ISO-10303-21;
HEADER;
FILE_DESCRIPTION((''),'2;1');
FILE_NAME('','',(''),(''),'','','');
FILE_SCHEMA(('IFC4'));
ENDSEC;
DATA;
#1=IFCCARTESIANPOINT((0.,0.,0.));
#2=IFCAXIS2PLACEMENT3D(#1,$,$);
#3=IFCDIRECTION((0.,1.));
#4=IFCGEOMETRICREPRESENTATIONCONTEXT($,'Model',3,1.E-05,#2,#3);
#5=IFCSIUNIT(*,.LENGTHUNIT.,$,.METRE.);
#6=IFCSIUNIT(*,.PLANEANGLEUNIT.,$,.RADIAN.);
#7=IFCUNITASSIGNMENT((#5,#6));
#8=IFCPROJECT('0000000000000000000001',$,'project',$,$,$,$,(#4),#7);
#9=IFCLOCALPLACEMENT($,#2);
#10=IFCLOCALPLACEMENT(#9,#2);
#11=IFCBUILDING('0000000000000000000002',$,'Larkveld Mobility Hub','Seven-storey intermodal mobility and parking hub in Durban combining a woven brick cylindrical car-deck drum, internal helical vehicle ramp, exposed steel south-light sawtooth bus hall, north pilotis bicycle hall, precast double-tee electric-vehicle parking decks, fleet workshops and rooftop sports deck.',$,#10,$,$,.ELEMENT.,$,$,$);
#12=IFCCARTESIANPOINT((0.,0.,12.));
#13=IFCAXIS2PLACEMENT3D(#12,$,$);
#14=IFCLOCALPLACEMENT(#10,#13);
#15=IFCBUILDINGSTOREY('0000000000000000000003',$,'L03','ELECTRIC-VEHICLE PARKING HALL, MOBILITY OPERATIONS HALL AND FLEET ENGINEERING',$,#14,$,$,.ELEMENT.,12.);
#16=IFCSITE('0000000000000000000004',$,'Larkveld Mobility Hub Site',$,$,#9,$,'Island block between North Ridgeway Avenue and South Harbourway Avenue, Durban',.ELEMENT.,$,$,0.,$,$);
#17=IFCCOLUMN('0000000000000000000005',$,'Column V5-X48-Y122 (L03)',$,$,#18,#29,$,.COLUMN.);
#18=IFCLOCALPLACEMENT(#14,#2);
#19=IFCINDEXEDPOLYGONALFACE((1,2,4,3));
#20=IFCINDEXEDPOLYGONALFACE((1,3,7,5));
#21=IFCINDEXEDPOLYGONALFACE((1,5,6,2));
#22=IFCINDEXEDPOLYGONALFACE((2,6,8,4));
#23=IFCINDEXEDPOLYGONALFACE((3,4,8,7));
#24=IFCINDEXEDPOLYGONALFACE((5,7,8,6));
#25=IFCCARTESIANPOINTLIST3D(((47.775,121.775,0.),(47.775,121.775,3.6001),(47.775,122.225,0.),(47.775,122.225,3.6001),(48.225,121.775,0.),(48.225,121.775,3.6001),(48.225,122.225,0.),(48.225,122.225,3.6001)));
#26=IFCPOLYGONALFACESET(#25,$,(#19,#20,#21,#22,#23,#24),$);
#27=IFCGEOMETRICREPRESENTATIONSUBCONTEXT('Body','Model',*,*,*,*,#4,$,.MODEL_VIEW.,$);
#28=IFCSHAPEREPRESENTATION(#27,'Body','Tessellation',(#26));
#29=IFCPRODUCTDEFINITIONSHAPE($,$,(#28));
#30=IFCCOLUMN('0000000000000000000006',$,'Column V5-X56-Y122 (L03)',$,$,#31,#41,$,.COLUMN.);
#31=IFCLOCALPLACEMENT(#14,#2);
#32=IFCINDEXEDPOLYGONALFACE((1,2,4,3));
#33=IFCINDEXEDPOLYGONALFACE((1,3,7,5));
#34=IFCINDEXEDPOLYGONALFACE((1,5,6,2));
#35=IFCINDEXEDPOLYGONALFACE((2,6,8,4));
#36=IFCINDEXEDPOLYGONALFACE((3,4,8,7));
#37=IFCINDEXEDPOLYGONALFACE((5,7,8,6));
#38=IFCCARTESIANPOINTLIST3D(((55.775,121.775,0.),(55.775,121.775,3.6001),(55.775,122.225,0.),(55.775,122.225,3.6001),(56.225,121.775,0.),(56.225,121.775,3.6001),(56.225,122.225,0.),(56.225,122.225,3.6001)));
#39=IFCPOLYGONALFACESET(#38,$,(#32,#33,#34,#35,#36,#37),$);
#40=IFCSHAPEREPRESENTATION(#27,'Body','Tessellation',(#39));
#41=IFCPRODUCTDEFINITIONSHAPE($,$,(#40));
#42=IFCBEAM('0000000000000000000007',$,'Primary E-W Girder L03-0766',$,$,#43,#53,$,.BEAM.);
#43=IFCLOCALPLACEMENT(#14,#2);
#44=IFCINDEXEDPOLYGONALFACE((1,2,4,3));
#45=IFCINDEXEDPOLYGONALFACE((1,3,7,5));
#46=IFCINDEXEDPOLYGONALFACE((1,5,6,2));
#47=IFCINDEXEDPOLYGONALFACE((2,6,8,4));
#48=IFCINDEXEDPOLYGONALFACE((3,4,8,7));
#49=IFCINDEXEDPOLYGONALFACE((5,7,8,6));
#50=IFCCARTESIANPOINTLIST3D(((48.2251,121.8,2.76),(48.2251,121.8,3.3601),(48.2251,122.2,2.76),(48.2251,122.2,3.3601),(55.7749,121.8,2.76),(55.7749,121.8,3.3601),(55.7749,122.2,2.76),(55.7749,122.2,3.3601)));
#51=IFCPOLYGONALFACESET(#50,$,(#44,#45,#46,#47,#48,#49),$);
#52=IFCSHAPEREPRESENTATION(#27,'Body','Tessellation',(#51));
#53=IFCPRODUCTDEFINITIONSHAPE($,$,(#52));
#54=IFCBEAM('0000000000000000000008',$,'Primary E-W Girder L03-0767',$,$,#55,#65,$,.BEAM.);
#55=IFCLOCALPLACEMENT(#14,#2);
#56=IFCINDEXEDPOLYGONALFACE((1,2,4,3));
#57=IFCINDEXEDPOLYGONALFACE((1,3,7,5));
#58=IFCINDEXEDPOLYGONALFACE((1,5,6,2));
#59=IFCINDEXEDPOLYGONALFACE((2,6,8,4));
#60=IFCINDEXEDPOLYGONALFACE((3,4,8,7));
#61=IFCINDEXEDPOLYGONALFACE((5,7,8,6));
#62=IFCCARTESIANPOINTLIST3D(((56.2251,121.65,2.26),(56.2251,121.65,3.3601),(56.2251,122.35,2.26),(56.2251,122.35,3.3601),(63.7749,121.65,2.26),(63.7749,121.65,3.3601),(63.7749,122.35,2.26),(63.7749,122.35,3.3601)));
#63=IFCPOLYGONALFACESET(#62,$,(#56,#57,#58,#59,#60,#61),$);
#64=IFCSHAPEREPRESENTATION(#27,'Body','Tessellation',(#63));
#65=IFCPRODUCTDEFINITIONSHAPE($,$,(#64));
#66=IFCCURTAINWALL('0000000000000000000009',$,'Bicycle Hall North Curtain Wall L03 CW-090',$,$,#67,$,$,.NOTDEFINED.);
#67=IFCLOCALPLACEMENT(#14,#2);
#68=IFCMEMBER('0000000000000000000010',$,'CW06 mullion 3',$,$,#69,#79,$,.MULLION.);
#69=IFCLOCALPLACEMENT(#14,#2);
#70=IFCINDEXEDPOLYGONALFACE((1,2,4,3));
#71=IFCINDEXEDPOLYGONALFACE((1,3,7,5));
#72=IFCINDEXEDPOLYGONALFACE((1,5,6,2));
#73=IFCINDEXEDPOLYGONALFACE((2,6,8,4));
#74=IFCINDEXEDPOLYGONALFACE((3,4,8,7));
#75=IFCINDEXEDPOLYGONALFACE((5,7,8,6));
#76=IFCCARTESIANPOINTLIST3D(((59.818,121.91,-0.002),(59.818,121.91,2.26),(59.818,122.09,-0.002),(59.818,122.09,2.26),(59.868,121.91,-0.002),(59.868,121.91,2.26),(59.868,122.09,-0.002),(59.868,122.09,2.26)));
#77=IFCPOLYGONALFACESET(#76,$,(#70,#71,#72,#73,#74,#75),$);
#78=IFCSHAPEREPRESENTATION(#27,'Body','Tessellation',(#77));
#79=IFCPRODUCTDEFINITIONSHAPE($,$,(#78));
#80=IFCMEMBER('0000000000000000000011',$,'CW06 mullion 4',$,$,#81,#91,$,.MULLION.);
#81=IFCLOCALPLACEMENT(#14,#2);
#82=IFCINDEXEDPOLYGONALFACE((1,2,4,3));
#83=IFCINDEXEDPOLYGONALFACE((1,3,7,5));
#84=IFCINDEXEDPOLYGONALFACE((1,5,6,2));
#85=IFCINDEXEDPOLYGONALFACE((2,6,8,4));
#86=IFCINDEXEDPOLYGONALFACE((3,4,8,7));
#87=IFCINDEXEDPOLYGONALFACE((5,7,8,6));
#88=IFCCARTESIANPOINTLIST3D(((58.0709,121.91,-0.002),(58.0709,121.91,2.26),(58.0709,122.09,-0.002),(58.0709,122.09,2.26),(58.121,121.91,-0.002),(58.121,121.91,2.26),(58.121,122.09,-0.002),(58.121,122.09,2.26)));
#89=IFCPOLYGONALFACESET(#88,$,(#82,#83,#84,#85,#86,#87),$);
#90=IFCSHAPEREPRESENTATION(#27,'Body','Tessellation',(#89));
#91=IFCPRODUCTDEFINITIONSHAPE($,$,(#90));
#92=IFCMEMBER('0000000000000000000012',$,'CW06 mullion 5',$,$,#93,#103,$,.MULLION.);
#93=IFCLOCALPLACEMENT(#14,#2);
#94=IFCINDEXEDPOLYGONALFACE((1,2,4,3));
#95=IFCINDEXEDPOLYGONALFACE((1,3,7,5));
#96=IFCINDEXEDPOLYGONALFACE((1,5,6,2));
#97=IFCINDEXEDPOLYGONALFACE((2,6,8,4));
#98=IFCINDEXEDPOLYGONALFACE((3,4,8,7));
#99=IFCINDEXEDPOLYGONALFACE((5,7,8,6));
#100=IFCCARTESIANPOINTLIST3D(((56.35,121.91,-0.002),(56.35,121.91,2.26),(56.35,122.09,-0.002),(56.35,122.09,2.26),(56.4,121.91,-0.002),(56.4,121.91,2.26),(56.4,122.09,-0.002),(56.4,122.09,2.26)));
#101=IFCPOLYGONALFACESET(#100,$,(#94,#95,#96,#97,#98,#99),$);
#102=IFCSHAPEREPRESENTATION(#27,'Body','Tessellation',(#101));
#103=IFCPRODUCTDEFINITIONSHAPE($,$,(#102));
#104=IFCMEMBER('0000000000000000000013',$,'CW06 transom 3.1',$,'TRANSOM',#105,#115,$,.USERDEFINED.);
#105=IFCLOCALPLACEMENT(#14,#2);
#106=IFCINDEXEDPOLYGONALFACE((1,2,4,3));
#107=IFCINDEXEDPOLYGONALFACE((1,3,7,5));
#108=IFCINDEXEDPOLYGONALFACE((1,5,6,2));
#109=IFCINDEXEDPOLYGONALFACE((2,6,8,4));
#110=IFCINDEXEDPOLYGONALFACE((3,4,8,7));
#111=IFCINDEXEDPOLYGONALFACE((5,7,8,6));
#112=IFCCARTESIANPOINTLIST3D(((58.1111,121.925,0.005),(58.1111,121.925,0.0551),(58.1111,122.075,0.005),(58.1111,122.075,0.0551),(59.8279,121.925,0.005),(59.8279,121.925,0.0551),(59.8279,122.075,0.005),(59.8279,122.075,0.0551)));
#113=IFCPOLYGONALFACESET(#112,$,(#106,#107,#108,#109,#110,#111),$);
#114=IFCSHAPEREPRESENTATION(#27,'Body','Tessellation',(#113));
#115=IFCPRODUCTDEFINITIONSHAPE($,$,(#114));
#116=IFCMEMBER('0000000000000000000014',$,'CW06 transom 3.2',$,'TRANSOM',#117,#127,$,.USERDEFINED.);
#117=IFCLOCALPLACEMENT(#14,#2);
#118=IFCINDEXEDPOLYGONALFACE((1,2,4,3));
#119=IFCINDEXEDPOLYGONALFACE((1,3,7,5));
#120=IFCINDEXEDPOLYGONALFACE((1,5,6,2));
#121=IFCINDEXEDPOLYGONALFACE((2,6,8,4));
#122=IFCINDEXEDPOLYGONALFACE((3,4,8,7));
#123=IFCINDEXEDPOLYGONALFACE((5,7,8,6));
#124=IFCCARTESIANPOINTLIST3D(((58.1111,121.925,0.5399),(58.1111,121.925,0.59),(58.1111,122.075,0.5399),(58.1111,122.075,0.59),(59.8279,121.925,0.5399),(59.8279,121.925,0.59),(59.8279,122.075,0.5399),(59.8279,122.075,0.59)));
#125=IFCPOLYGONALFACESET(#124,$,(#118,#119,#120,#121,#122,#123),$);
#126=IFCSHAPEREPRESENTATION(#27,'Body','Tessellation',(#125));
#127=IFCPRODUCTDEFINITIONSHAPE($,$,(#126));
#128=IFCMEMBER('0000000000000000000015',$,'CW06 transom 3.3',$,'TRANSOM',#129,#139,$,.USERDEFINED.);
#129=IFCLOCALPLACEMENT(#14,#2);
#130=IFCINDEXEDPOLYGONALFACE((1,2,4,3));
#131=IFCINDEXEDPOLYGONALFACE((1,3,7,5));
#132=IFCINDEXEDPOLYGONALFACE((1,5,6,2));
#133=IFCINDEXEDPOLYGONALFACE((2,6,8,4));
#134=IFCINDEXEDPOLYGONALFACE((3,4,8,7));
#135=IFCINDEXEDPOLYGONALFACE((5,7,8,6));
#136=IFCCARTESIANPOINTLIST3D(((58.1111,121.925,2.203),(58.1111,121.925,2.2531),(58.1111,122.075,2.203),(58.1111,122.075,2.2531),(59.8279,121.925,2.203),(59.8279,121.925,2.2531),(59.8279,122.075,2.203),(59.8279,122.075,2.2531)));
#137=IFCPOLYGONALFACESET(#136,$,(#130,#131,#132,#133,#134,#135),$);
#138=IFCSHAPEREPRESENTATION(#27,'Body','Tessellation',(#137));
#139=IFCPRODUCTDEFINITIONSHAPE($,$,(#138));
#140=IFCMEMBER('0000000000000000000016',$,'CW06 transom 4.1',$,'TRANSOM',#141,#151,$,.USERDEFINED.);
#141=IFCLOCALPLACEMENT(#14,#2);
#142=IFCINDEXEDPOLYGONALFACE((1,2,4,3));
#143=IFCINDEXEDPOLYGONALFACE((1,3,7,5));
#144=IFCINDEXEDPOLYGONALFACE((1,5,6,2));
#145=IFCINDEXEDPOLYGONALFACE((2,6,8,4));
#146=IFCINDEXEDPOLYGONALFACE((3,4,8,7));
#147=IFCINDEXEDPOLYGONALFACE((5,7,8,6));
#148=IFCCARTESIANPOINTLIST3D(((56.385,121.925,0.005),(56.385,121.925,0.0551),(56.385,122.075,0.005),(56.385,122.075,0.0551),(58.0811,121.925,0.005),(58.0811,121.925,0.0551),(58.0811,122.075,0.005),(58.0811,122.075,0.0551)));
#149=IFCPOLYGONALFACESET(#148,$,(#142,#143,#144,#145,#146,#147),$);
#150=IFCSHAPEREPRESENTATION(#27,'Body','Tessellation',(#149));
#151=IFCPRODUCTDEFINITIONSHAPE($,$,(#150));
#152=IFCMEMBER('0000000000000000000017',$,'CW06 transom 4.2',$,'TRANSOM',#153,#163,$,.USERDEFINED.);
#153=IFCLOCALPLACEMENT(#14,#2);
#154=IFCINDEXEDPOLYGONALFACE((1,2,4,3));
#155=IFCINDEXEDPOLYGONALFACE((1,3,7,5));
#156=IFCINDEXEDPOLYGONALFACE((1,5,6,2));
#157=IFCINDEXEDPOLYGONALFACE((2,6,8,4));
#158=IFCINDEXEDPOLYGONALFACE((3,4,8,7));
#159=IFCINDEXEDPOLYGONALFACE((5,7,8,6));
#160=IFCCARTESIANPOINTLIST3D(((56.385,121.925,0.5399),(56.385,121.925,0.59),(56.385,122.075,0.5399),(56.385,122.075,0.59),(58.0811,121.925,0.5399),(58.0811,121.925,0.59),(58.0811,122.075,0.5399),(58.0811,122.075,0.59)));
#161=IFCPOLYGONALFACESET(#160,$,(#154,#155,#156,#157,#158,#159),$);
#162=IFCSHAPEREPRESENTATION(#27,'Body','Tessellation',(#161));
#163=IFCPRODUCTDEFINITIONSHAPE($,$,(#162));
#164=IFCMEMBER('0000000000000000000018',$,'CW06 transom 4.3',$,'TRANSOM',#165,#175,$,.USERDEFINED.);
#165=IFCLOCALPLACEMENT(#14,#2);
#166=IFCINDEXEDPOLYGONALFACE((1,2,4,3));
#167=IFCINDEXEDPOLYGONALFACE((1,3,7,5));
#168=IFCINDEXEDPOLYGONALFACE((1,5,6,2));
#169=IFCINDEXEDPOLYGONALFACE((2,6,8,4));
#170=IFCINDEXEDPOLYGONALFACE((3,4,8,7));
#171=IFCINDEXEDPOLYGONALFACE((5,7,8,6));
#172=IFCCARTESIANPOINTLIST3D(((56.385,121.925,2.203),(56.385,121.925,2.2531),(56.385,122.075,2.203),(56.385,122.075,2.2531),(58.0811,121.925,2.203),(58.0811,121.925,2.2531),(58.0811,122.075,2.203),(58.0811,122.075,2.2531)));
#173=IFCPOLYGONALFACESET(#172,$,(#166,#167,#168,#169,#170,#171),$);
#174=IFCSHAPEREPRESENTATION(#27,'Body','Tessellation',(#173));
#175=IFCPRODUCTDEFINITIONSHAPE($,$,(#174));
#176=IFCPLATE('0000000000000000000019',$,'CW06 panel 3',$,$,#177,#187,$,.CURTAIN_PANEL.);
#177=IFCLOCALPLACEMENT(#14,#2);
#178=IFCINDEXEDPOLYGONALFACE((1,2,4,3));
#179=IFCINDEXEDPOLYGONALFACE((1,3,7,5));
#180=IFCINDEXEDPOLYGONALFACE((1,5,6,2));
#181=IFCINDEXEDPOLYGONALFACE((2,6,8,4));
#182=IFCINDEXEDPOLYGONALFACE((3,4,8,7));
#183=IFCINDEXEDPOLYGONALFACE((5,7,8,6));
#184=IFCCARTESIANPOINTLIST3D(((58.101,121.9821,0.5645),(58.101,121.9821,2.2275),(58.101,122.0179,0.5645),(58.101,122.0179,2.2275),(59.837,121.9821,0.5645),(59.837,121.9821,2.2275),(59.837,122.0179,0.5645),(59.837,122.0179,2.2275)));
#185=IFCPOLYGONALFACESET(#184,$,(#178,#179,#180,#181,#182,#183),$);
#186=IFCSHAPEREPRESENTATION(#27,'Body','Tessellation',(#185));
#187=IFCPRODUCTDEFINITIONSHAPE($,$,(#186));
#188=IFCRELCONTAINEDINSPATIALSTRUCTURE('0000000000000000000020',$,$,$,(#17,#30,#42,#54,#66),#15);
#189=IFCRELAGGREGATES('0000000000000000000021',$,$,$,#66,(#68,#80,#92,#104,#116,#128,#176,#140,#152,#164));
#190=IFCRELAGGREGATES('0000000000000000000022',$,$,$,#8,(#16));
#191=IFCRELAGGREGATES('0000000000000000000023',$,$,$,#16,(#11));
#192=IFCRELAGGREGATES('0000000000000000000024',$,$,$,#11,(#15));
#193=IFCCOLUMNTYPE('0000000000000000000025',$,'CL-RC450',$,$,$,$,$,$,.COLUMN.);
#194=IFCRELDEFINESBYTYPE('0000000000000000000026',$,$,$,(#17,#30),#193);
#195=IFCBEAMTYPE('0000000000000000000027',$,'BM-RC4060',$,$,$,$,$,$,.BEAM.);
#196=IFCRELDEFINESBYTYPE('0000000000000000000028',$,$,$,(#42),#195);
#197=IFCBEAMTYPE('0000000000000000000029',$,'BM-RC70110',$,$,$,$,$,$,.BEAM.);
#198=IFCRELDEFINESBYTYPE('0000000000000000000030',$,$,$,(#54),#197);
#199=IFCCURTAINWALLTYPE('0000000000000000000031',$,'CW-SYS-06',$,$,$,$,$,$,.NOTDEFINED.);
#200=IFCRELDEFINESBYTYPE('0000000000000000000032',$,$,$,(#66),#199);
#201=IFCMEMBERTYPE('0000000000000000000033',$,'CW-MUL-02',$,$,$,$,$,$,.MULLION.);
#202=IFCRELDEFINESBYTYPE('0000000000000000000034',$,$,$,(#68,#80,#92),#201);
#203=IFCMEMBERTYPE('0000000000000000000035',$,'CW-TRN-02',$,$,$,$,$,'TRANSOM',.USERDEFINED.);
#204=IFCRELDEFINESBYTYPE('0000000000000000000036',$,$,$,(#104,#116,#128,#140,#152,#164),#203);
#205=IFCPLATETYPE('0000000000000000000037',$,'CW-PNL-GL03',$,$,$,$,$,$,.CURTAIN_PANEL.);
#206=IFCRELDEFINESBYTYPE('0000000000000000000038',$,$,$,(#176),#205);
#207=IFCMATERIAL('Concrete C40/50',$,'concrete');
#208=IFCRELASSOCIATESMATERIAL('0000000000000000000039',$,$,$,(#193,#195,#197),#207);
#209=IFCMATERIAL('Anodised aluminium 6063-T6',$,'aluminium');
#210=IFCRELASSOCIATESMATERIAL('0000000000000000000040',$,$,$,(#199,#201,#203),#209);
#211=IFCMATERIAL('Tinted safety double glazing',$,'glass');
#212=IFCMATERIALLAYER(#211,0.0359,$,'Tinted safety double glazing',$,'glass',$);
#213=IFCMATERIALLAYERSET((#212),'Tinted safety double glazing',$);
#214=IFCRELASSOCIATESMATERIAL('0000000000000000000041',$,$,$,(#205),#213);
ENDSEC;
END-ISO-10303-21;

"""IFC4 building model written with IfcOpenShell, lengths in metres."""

from ifc_helpers import new_model, si_unit, direction, frame, origin, origin_2d, place, context, subcontext, project, spatial, rectangle, extrude, material, layer, layer_set, material_profile, profile_set, type_object, element, aggregate, save


model = new_model("IFC4")

# Units and contexts
model_context = context("Model", 3, precision=1e-05, world=origin(), true_north=direction((0.0, 1.0)))
body_context = subcontext(model_context, "Body", "Model", "MODEL_VIEW")
ifc_project = project(units=[si_unit("LENGTHUNIT", "METRE"), si_unit("PLANEANGLEUNIT", "RADIAN")], contexts=[model_context])

# Site, building, storey
site_placement = place(None, origin())
site = spatial("IfcSite", under=ifc_project, at=site_placement, Name="Larkveld Mobility Hub Site", LongName="Island block between North Ridgeway Avenue and South Harbourway Avenue, Durban", CompositionType="ELEMENT", RefElevation=0.0)
building_placement = place(site_placement, origin())
building = spatial("IfcBuilding", under=site, at=building_placement, Name="Larkveld Mobility Hub", Description="Seven-storey intermodal mobility and parking hub in Durban combining a woven brick cylindrical car-deck drum, internal helical vehicle ramp, exposed steel south-light sawtooth bus hall, north pilotis bicycle hall, precast double-tee electric-vehicle parking decks, fleet workshops and rooftop sports deck.", CompositionType="ELEMENT")
storey_placement = place(building_placement, frame((0.0, 0.0, 12.0)))
storey = spatial("IfcBuildingStorey", under=building, at=storey_placement, Name="L03", Description="ELECTRIC-VEHICLE PARKING HALL, MOBILITY OPERATIONS HALL AND FLEET ENGINEERING", CompositionType="ELEMENT", Elevation=12.0)

# Columns
ifc_material_1 = material(Name="Concrete C40/50", Category="concrete")
ifc_material_profile_1 = material_profile(ifc_material_1, rectangle(XDim=0.45, YDim=0.45, at=origin_2d()), Name="RC COL 450x450")
ifc_profile_set_1 = profile_set([ifc_material_profile_1], Name="Concrete C40/50")
column_type = type_object("IfcColumnType", Name="CL-RC450", PredefinedType="COLUMN", material=ifc_profile_set_1)
for number, where, z_axis, x_axis, name in (
    (1, (48.0, 122.0, 0.0), (0.0, 0.0, 1.0), (1.0, 0.0, 0.0), "Column V5-X48-Y122 (L03)"),
    (2, (56.0, 122.0, 0.0), (0.0, 0.0, 1.0), (1.0, 0.0, 0.0), "Column V5-X56-Y122 (L03)"),
):
    element("IfcColumn", number, at=place(storey_placement, frame(where, z_axis=z_axis, x_axis=x_axis)), inside=storey, type_object=column_type, Name=name, PredefinedType="COLUMN", context=body_context, shape_type="SweptSolid", body=[
        extrude(rectangle(XDim=0.45, YDim=0.45, at=origin_2d()), origin(), (0.0, 0.0, 1.0), 3.6001),
    ])

# Beams
ifc_material_profile_2 = material_profile(ifc_material_1, rectangle(XDim=0.3999, YDim=0.6001, at=origin_2d()), Name="RC BM 400x600")
ifc_profile_set_2 = profile_set([ifc_material_profile_2], Name="Concrete C40/50")
beam_type_1 = type_object("IfcBeamType", Name="BM-RC4060", PredefinedType="BEAM", material=ifc_profile_set_2)
beam_1_placement = place(storey_placement, frame((48.2251, 122.0, 3.0601), z_axis=(1.0, 0.0, 0.0), x_axis=(0.0, 1.0, 0.0)))
element("IfcBeam", 3, at=beam_1_placement, inside=storey, type_object=beam_type_1, Name="Primary E-W Girder L03-0766", PredefinedType="BEAM", context=body_context, shape_type="SweptSolid", body=[
    extrude(rectangle(XDim=0.3999, YDim=0.6001, at=origin_2d()), origin(), (0.0, 0.0, 1.0), 7.5498),
])
ifc_material_profile_3 = material_profile(ifc_material_1, rectangle(XDim=0.7, YDim=1.1001, at=origin_2d()), Name="RC BM 700x1100")
ifc_profile_set_3 = profile_set([ifc_material_profile_3], Name="Concrete C40/50")
beam_type_2 = type_object("IfcBeamType", Name="BM-RC70110", PredefinedType="BEAM", material=ifc_profile_set_3)
beam_2_placement = place(storey_placement, frame((56.2251, 122.0, 2.8101), z_axis=(1.0, 0.0, 0.0), x_axis=(0.0, 1.0, 0.0)))
element("IfcBeam", 4, at=beam_2_placement, inside=storey, type_object=beam_type_2, Name="Primary E-W Girder L03-0767", PredefinedType="BEAM", context=body_context, shape_type="SweptSolid", body=[
    extrude(rectangle(XDim=0.7, YDim=1.1001, at=origin_2d()), origin(), (0.0, 0.0, 1.0), 7.5498),
])

# Curtain wall, members, plate
ifc_material_2 = material(Name="Anodised aluminium 6063-T6", Category="aluminium")
curtain_wall_type = type_object("IfcCurtainWallType", Name="CW-SYS-06", PredefinedType="NOTDEFINED", material=ifc_material_2)
curtain_wall_placement = place(storey_placement, origin())
curtain_wall = element("IfcCurtainWall", 5, at=curtain_wall_placement, inside=storey, type_object=curtain_wall_type, Name="Bicycle Hall North Curtain Wall L03 CW-090", PredefinedType="NOTDEFINED")
ifc_material_profile_4 = material_profile(ifc_material_2, rectangle(XDim=0.05, YDim=0.1799, at=origin_2d()), Name="ALU MULL 50x180")
ifc_profile_set_4 = profile_set([ifc_material_profile_4], Name="Anodised aluminium 6063-T6")
member_type_1 = type_object("IfcMemberType", Name="CW-MUL-02", PredefinedType="MULLION", material=ifc_profile_set_4)
member_1_placement = place(storey_placement, frame((59.843, 122.0, -0.002), z_axis=(0.0, 0.0, 1.0), x_axis=(-1.0, 0.0, 0.0)))
member_1 = element("IfcMember", 6, at=member_1_placement, type_object=member_type_1, Name="CW06 mullion 3", PredefinedType="MULLION", context=body_context, shape_type="SweptSolid", body=[
    extrude(rectangle(XDim=0.05, YDim=0.1799, at=origin_2d()), origin(), (0.0, 0.0, 1.0), 2.262),
])
member_2_placement = place(storey_placement, frame((58.0959, 122.0, -0.002), z_axis=(0.0, 0.0, 1.0), x_axis=(-1.0, 0.0, 0.0)))
member_2 = element("IfcMember", 7, at=member_2_placement, type_object=member_type_1, Name="CW06 mullion 4", PredefinedType="MULLION", context=body_context, shape_type="SweptSolid", body=[
    extrude(rectangle(XDim=0.05, YDim=0.1799, at=origin_2d()), origin(), (0.0, 0.0, 1.0), 2.262),
])
member_3_placement = place(storey_placement, frame((56.375, 122.0, -0.002), z_axis=(0.0, 0.0, 1.0), x_axis=(-1.0, 0.0, 0.0)))
member_3 = element("IfcMember", 8, at=member_3_placement, type_object=member_type_1, Name="CW06 mullion 5", PredefinedType="MULLION", context=body_context, shape_type="SweptSolid", body=[
    extrude(rectangle(XDim=0.05, YDim=0.1799, at=origin_2d()), origin(), (0.0, 0.0, 1.0), 2.262),
])
ifc_material_profile_5 = material_profile(ifc_material_2, rectangle(XDim=0.1499, YDim=0.05, at=origin_2d()), Name="ALU TRAN 50x150")
ifc_profile_set_5 = profile_set([ifc_material_profile_5], Name="Anodised aluminium 6063-T6")
member_type_2 = type_object("IfcMemberType", Name="CW-TRN-02", ElementType="TRANSOM", PredefinedType="USERDEFINED", material=ifc_profile_set_5)
member_4_placement = place(storey_placement, frame((59.8279, 122.0, 0.03), z_axis=(-1.0, 0.0, 0.0), x_axis=(0.0, -1.0, 0.0)))
member_4 = element("IfcMember", 9, at=member_4_placement, type_object=member_type_2, Name="CW06 transom 3.1", ObjectType="TRANSOM", PredefinedType="USERDEFINED", context=body_context, shape_type="SweptSolid", body=[
    extrude(rectangle(XDim=0.1499, YDim=0.05, at=origin_2d()), origin(), (0.0, 0.0, 1.0), 1.7168),
])
member_5_placement = place(storey_placement, frame((59.8279, 122.0, 0.5649), z_axis=(-1.0, 0.0, 0.0), x_axis=(0.0, -1.0, 0.0)))
member_5 = element("IfcMember", 10, at=member_5_placement, type_object=member_type_2, Name="CW06 transom 3.2", ObjectType="TRANSOM", PredefinedType="USERDEFINED", context=body_context, shape_type="SweptSolid", body=[
    extrude(rectangle(XDim=0.1499, YDim=0.05, at=origin_2d()), origin(), (0.0, 0.0, 1.0), 1.7168),
])
member_6_placement = place(storey_placement, frame((59.8279, 122.0, 2.228), z_axis=(-1.0, 0.0, 0.0), x_axis=(0.0, -1.0, 0.0)))
member_6 = element("IfcMember", 11, at=member_6_placement, type_object=member_type_2, Name="CW06 transom 3.3", ObjectType="TRANSOM", PredefinedType="USERDEFINED", context=body_context, shape_type="SweptSolid", body=[
    extrude(rectangle(XDim=0.1499, YDim=0.05, at=origin_2d()), origin(), (0.0, 0.0, 1.0), 1.7168),
])
member_7_placement = place(storey_placement, frame((58.0811, 122.0, 0.03), z_axis=(-1.0, 0.0, 0.0), x_axis=(0.0, -1.0, 0.0)))
member_7 = element("IfcMember", 12, at=member_7_placement, type_object=member_type_2, Name="CW06 transom 4.1", ObjectType="TRANSOM", PredefinedType="USERDEFINED", context=body_context, shape_type="SweptSolid", body=[
    extrude(rectangle(XDim=0.1499, YDim=0.05, at=origin_2d()), origin(), (0.0, 0.0, 1.0), 1.696),
])
member_8_placement = place(storey_placement, frame((58.0811, 122.0, 0.5649), z_axis=(-1.0, 0.0, 0.0), x_axis=(0.0, -1.0, 0.0)))
member_8 = element("IfcMember", 13, at=member_8_placement, type_object=member_type_2, Name="CW06 transom 4.2", ObjectType="TRANSOM", PredefinedType="USERDEFINED", context=body_context, shape_type="SweptSolid", body=[
    extrude(rectangle(XDim=0.1499, YDim=0.05, at=origin_2d()), origin(), (0.0, 0.0, 1.0), 1.696),
])
member_9_placement = place(storey_placement, frame((58.0811, 122.0, 2.228), z_axis=(-1.0, 0.0, 0.0), x_axis=(0.0, -1.0, 0.0)))
member_9 = element("IfcMember", 14, at=member_9_placement, type_object=member_type_2, Name="CW06 transom 4.3", ObjectType="TRANSOM", PredefinedType="USERDEFINED", context=body_context, shape_type="SweptSolid", body=[
    extrude(rectangle(XDim=0.1499, YDim=0.05, at=origin_2d()), origin(), (0.0, 0.0, 1.0), 1.696),
])
ifc_material_3 = material(Name="Tinted safety double glazing", Category="glass")
ifc_layer_1 = layer(ifc_material_3, 0.0359, Name="Tinted safety double glazing", Category="glass")
ifc_layer_set_1 = layer_set([ifc_layer_1], Name="Tinted safety double glazing")
plate_type_1 = type_object("IfcPlateType", Name="CW-PNL-GL03", PredefinedType="CURTAIN_PANEL", material=ifc_layer_set_1)
plate_1_placement = place(storey_placement, frame((58.969, 122.0, 0.5645), z_axis=(0.0, 0.0, 1.0), x_axis=(-1.0, 0.0, 0.0)))
plate_1 = element("IfcPlate", 15, at=plate_1_placement, type_object=plate_type_1, Name="CW06 panel 3", PredefinedType="CURTAIN_PANEL", context=body_context, shape_type="SweptSolid", body=[
    extrude(rectangle(XDim=1.7361, YDim=0.0359, at=origin_2d()), origin(), (0.0, 0.0, 1.0), 1.6631),
])
aggregate(curtain_wall, [member_1, member_2, member_3, member_4, member_5, member_6, plate_1, member_7, member_8, member_9])

save(model, "model.ifc")
